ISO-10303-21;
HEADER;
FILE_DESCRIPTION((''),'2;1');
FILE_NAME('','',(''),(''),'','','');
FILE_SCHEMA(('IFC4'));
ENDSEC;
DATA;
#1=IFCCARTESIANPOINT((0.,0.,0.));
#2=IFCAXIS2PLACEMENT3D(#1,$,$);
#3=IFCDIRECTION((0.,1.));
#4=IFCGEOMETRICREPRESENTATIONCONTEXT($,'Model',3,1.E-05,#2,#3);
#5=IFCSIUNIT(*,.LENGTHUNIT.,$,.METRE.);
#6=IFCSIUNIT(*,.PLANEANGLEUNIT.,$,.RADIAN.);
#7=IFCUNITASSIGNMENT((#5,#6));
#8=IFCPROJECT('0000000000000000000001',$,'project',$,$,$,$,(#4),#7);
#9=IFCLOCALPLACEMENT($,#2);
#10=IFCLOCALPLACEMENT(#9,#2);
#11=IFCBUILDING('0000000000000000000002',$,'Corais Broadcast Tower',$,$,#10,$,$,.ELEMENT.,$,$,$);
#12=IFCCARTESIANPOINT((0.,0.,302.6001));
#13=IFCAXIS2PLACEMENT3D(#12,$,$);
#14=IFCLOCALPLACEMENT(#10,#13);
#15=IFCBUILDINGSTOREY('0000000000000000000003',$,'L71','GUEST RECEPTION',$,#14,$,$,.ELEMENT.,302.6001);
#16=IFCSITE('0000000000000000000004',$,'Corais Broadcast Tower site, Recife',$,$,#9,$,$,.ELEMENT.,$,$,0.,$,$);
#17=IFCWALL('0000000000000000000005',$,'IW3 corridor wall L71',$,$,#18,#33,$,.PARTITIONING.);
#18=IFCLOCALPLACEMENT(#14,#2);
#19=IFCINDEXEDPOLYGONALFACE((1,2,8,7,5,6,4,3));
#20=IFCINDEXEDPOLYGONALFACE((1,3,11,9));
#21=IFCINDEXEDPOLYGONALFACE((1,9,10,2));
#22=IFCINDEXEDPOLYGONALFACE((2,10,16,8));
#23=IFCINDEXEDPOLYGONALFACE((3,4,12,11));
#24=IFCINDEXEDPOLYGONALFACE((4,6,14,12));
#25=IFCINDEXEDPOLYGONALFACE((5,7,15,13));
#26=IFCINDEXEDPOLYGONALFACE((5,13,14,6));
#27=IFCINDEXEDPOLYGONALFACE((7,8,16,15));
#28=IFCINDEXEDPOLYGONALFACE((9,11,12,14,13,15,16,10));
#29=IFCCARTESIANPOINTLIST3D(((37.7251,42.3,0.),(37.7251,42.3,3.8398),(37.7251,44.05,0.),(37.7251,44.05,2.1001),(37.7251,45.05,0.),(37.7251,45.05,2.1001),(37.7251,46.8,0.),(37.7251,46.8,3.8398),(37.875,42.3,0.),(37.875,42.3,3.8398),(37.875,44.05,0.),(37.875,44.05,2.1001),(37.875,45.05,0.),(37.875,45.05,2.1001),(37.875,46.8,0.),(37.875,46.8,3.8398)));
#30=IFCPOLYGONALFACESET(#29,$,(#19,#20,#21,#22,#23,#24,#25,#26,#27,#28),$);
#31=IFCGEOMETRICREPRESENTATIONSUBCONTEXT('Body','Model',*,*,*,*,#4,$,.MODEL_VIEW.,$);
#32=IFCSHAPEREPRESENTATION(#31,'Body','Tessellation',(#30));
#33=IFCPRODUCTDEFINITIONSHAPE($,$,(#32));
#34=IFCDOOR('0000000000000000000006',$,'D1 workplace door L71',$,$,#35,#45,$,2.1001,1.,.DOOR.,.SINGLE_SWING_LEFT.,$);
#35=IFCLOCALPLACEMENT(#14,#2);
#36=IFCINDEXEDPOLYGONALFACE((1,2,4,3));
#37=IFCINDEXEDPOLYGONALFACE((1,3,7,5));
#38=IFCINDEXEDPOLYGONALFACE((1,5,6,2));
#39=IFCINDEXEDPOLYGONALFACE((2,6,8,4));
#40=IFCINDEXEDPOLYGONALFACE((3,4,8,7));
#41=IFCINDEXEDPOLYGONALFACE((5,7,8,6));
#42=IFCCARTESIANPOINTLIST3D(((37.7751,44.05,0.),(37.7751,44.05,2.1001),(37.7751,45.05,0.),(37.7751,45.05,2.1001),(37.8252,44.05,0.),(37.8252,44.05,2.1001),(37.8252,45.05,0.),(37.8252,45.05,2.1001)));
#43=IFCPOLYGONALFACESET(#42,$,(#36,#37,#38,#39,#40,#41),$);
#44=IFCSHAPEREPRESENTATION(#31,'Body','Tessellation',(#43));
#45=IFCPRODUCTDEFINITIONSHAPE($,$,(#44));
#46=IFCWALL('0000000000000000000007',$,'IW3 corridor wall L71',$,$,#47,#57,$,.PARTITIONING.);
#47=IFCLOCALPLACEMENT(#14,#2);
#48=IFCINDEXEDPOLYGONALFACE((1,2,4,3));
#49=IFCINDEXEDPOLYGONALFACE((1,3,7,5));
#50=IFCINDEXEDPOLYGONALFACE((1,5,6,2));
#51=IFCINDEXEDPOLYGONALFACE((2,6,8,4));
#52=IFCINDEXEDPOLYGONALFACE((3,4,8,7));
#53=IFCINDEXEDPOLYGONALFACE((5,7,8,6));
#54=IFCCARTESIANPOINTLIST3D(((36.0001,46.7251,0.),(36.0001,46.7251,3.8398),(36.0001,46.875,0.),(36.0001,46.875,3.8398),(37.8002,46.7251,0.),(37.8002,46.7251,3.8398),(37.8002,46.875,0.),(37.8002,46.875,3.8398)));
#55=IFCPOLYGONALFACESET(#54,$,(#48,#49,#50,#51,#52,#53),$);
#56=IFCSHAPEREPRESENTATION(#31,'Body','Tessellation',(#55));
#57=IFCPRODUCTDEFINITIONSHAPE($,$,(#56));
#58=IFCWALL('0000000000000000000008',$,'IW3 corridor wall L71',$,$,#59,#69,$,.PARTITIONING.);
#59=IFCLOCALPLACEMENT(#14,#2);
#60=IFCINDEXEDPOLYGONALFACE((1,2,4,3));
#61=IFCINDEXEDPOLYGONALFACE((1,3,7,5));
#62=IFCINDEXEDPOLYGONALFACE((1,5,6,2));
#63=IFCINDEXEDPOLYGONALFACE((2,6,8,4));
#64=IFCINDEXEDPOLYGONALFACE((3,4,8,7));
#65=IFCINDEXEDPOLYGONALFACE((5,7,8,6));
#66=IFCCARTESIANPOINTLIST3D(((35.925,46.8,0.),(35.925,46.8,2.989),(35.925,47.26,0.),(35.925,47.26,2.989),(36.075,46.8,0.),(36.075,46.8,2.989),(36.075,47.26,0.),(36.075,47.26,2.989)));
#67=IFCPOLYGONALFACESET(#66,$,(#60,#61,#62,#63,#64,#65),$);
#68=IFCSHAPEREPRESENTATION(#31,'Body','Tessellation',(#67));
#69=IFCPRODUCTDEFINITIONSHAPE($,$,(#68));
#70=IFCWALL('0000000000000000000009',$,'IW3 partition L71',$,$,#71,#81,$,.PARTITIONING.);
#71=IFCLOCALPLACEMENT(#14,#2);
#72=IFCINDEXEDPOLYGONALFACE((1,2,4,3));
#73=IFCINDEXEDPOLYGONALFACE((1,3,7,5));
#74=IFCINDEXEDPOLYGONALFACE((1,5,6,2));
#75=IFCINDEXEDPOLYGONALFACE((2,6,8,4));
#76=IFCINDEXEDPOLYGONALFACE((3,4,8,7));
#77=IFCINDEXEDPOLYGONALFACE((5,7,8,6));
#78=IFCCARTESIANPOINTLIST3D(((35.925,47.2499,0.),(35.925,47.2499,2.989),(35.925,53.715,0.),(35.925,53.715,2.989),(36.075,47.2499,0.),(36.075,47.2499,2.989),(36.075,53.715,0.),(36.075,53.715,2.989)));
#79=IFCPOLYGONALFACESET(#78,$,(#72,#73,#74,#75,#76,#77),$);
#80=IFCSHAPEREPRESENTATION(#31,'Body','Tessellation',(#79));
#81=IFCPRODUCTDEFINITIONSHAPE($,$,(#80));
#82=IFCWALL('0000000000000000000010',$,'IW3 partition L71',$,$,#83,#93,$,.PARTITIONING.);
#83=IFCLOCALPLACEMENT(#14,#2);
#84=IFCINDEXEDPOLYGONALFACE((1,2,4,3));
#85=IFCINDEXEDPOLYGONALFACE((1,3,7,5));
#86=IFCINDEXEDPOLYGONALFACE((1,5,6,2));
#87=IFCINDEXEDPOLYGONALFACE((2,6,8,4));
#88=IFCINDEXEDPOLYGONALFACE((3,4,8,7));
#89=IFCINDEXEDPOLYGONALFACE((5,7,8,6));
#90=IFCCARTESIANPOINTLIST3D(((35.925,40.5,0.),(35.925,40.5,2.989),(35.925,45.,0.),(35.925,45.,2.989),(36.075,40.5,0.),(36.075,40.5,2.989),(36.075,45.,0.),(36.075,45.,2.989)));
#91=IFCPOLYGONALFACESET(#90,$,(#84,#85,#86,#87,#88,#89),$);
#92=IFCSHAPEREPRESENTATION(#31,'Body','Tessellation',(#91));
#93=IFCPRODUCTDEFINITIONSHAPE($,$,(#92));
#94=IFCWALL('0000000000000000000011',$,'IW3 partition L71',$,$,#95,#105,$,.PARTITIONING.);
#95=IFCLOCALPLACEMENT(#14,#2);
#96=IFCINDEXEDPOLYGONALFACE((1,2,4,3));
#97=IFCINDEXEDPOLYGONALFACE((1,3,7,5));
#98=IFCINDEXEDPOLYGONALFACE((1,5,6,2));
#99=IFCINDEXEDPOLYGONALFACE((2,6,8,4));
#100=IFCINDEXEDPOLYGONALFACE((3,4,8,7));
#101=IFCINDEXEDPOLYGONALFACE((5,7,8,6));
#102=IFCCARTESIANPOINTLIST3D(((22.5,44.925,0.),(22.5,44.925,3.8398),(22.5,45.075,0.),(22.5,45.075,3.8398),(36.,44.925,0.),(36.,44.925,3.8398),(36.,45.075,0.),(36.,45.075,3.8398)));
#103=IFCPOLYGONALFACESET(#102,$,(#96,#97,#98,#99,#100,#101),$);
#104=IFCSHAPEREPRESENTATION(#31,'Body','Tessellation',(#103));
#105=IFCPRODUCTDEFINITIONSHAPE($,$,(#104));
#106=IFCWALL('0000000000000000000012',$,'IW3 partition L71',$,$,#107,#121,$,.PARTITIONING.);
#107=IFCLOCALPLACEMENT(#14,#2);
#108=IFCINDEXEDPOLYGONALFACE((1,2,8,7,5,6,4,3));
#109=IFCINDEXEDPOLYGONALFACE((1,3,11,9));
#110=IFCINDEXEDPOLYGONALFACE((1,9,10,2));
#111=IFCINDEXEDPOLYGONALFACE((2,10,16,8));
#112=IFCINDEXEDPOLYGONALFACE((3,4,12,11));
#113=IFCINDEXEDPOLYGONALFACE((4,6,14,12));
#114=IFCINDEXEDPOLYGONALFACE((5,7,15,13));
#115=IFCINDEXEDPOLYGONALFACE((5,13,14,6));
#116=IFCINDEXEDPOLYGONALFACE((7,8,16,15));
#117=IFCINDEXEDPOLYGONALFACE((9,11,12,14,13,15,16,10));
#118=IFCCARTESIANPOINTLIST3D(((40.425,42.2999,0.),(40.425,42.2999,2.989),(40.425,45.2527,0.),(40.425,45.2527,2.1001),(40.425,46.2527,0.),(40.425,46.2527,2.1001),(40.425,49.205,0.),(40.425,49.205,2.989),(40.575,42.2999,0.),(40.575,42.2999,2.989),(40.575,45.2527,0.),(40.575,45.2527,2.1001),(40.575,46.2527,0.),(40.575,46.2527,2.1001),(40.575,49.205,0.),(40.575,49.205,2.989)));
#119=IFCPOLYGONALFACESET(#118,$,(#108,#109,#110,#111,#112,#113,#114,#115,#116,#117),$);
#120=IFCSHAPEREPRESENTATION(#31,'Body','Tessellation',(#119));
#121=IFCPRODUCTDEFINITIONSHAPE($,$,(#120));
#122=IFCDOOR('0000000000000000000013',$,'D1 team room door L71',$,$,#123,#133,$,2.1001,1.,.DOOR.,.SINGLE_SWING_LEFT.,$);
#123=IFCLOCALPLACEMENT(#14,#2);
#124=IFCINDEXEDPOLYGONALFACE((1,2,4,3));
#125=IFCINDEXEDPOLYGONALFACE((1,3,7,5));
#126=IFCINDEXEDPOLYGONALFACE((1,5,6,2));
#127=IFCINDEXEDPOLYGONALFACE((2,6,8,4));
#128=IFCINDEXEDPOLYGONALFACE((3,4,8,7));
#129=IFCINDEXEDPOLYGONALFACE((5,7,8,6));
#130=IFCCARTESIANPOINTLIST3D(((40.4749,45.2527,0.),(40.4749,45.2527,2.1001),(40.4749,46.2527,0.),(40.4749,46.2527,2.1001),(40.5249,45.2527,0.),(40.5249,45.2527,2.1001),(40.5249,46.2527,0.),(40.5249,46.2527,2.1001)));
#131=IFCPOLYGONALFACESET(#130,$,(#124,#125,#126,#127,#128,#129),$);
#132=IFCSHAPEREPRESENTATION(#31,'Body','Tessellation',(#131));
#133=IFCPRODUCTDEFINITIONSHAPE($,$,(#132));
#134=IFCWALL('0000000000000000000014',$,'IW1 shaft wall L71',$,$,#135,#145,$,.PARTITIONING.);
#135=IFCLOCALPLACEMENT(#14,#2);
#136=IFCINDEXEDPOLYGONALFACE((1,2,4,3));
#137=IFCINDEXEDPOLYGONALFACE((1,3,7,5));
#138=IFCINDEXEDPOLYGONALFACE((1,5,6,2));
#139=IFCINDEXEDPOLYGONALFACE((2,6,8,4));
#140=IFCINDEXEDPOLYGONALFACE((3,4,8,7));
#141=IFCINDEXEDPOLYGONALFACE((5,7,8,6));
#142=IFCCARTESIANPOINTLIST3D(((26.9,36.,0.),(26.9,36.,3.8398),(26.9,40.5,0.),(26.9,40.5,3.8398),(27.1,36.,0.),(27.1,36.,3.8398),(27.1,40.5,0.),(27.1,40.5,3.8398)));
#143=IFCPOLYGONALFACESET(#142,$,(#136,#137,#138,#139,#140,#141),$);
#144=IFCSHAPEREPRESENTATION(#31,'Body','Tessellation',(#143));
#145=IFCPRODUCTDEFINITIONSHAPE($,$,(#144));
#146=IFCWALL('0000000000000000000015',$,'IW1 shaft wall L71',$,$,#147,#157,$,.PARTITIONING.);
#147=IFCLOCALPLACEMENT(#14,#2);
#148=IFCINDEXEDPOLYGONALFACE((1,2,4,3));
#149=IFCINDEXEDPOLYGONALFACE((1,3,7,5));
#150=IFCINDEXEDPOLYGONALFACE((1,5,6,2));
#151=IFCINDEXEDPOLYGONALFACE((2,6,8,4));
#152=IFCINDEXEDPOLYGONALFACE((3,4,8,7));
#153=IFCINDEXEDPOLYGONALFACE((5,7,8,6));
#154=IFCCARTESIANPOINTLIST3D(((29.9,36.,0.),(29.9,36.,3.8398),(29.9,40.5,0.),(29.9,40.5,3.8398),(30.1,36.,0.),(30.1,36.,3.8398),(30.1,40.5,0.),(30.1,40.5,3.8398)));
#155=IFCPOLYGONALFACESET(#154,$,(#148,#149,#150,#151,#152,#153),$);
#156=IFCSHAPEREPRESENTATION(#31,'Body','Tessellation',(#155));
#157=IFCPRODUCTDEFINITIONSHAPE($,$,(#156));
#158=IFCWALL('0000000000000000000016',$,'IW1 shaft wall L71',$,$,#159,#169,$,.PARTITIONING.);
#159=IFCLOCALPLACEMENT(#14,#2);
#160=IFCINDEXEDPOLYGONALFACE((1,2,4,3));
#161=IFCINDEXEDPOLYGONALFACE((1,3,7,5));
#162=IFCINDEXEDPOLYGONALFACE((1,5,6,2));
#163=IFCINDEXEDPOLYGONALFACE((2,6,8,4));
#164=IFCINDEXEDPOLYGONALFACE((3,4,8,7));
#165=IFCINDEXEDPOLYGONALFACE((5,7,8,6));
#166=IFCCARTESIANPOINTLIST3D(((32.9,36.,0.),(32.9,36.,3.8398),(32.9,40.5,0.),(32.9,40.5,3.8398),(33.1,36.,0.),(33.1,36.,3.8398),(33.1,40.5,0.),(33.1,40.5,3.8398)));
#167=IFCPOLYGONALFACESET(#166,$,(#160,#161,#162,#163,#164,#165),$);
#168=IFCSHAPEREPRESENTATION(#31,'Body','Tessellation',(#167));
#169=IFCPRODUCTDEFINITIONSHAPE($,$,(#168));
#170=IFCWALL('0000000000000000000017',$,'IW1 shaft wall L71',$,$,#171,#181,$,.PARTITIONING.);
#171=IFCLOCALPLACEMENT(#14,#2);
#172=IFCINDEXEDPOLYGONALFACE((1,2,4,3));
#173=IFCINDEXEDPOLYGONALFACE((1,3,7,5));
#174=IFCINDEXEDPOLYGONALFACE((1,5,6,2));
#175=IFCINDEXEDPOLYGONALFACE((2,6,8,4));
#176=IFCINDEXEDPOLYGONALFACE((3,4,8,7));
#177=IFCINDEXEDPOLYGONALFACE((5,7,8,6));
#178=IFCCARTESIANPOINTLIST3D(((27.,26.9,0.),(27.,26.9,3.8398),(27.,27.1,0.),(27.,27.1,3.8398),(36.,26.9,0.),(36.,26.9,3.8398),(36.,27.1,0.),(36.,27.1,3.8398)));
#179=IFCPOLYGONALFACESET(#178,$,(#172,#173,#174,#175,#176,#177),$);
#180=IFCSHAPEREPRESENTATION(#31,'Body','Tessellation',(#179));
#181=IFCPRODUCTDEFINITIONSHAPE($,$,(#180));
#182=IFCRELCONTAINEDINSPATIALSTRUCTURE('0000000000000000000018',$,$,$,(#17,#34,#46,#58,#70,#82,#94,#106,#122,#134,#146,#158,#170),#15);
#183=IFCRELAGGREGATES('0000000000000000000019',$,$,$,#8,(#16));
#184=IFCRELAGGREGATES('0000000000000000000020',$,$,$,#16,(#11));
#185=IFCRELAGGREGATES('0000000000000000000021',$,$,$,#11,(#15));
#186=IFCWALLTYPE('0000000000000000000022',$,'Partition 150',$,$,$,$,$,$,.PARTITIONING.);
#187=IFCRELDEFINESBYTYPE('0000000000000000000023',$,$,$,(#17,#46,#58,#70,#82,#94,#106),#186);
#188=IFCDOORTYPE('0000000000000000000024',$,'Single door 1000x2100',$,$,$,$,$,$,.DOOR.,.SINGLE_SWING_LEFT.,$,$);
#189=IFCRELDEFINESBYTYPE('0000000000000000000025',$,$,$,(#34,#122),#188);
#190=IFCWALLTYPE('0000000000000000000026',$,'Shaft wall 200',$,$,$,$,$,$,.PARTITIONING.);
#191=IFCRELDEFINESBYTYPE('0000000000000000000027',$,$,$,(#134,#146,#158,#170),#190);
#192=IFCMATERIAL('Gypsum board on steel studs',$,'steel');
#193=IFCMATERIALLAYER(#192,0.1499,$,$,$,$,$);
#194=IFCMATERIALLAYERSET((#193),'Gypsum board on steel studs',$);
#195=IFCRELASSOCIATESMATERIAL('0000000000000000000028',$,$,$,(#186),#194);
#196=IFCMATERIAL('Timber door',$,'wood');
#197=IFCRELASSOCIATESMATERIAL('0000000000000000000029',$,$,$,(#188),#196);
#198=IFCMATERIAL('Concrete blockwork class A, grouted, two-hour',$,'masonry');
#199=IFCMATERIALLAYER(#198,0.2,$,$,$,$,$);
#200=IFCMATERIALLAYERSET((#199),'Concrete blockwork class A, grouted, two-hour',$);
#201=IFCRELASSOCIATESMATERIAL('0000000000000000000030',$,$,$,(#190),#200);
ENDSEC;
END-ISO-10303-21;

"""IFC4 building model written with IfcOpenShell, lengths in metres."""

from ifc_helpers import new_model, si_unit, direction, frame, frame_2d, origin, place, context, subcontext, project, spatial, rectangle, extrude, material, layer, layer_set, type_object, element, fill, save


model = new_model("IFC4")

# Units and contexts
model_context = context("Model", 3, precision=1e-05, world=origin(), true_north=direction((0.0, 1.0)))
body_context = subcontext(model_context, "Body", "Model", "MODEL_VIEW")
ifc_project = project(units=[si_unit("LENGTHUNIT", "METRE"), si_unit("PLANEANGLEUNIT", "RADIAN")], contexts=[model_context])

# Site, building, storey
site_placement = place(None, origin())
site = spatial("IfcSite", under=ifc_project, at=site_placement, Name="Corais Broadcast Tower site, Recife", CompositionType="ELEMENT", RefElevation=0.0)
building_placement = place(site_placement, origin())
building = spatial("IfcBuilding", under=site, at=building_placement, Name="Corais Broadcast Tower", CompositionType="ELEMENT")
storey_placement = place(building_placement, frame((0.0, 0.0, 302.6001)))
storey = spatial("IfcBuildingStorey", under=building, at=storey_placement, Name="L71", Description="GUEST RECEPTION", CompositionType="ELEMENT", Elevation=302.6001)

# Wall, opening, door
ifc_material_1 = material(Name="Gypsum board on steel studs", Category="steel")
ifc_layer_1 = layer(ifc_material_1, 0.1499)
ifc_layer_set_1 = layer_set([ifc_layer_1], Name="Gypsum board on steel studs")
wall_type_1 = type_object("IfcWallType", Name="Partition 150", PredefinedType="PARTITIONING", material=ifc_layer_set_1)
wall_1_placement = place(storey_placement, frame((37.8, 42.3, 0.0), z_axis=(0.0, 0.0, 1.0), x_axis=(0.0, 1.0, 0.0)))
wall_1 = element("IfcWall", 1, at=wall_1_placement, inside=storey, type_object=wall_type_1, Name="IW3 corridor wall L71", PredefinedType="PARTITIONING", context=body_context, shape_type="SweptSolid", body=[
    extrude(rectangle(XDim=4.5, YDim=0.1499, at=frame_2d((2.25, 0.0))), origin(), (0.0, 0.0, 1.0), 3.8398),
])
opening_1_placement = place(wall_1_placement, frame((1.75, 0.0, 0.0)))
opening_1 = element("IfcOpeningElement", 2, at=opening_1_placement, cuts=wall_1, PredefinedType="OPENING", context=body_context, shape_type="SweptSolid", body=[
    extrude(rectangle(XDim=1.0, YDim=2.1001, at=frame_2d((0.5, 1.05))), frame((0.0, 0.085, 0.0), z_axis=(0.0, -1.0, 0.0), x_axis=(1.0, 0.0, 0.0)), (0.0, 0.0, 1.0), 0.1699),
])
ifc_material_2 = material(Name="Timber door", Category="wood")
door_type = type_object("IfcDoorType", Name="Single door 1000x2100", OperationType="SINGLE_SWING_LEFT", PredefinedType="DOOR", material=ifc_material_2)
door_1_placement = place(opening_1_placement, origin())
door_1 = element("IfcDoor", 3, at=door_1_placement, inside=storey, type_object=door_type, Name="D1 workplace door L71", OperationType="SINGLE_SWING_LEFT", OverallHeight=2.1001, OverallWidth=1.0, PredefinedType="DOOR", context=body_context, shape_type="SweptSolid", body=[
    extrude(rectangle(XDim=1.0, YDim=2.1001, at=frame_2d((0.5, 1.05))), frame((0.0, 0.0249, 0.0), z_axis=(0.0, -1.0, 0.0), x_axis=(1.0, 0.0, 0.0)), (0.0, 0.0, 1.0), 0.05),
])
fill(opening_1, door_1)

# Walls
wall_2_placement = place(storey_placement, frame((37.8, 46.8, 0.0), z_axis=(0.0, 0.0, 1.0), x_axis=(-1.0, 0.0, 0.0)))
element("IfcWall", 4, at=wall_2_placement, inside=storey, type_object=wall_type_1, Name="IW3 corridor wall L71", PredefinedType="PARTITIONING", context=body_context, shape_type="SweptSolid", body=[
    extrude(rectangle(XDim=1.8, YDim=0.1499, at=frame_2d((0.8999, 0.0))), origin(), (0.0, 0.0, 1.0), 3.8398),
])
wall_3_placement = place(storey_placement, frame((36.0, 46.8, 0.0), z_axis=(0.0, 0.0, 1.0), x_axis=(0.0, 1.0, 0.0)))
element("IfcWall", 5, at=wall_3_placement, inside=storey, type_object=wall_type_1, Name="IW3 corridor wall L71", PredefinedType="PARTITIONING", context=body_context, shape_type="SweptSolid", body=[
    extrude(rectangle(XDim=0.46, YDim=0.1499, at=frame_2d((0.23, 0.0))), origin(), (0.0, 0.0, 1.0), 2.989),
])
wall_4_placement = place(storey_placement, frame((36.0, 47.25, 0.0), z_axis=(0.0, 0.0, 1.0), x_axis=(0.0, 1.0, 0.0)))
element("IfcWall", 6, at=wall_4_placement, inside=storey, type_object=wall_type_1, Name="IW3 partition L71", PredefinedType="PARTITIONING", context=body_context, shape_type="SweptSolid", body=[
    extrude(rectangle(XDim=6.4651, YDim=0.1499, at=frame_2d((3.2324, 0.0))), origin(), (0.0, 0.0, 1.0), 2.989),
])
wall_5_placement = place(storey_placement, frame((36.0, 40.5, 0.0), z_axis=(0.0, 0.0, 1.0), x_axis=(0.0, 1.0, 0.0)))
element("IfcWall", 7, at=wall_5_placement, inside=storey, type_object=wall_type_1, Name="IW3 partition L71", PredefinedType="PARTITIONING", context=body_context, shape_type="SweptSolid", body=[
    extrude(rectangle(XDim=4.5, YDim=0.1499, at=frame_2d((2.25, 0.0))), origin(), (0.0, 0.0, 1.0), 2.989),
])
wall_6_placement = place(storey_placement, frame((36.0, 45.0, 0.0), z_axis=(0.0, 0.0, 1.0), x_axis=(-1.0, 0.0, 0.0)))
element("IfcWall", 8, at=wall_6_placement, inside=storey, type_object=wall_type_1, Name="IW3 partition L71", PredefinedType="PARTITIONING", context=body_context, shape_type="SweptSolid", body=[
    extrude(rectangle(XDim=13.5, YDim=0.1499, at=frame_2d((6.75, 0.0))), origin(), (0.0, 0.0, 1.0), 3.8398),
])

# Wall, opening, door
wall_7_placement = place(storey_placement, frame((40.5, 49.2051, 0.0), z_axis=(0.0, 0.0, 1.0), x_axis=(0.0, -1.0, 0.0)))
wall_7 = element("IfcWall", 9, at=wall_7_placement, inside=storey, type_object=wall_type_1, Name="IW3 partition L71", PredefinedType="PARTITIONING", context=body_context, shape_type="SweptSolid", body=[
    extrude(rectangle(XDim=6.905, YDim=0.1499, at=frame_2d((3.4526, 0.0))), origin(), (0.0, 0.0, 1.0), 2.989),
])
opening_2_placement = place(wall_7_placement, frame((2.9524, 0.0, 0.0)))
opening_2 = element("IfcOpeningElement", 10, at=opening_2_placement, cuts=wall_7, PredefinedType="OPENING", context=body_context, shape_type="SweptSolid", body=[
    extrude(rectangle(XDim=1.0, YDim=2.1001, at=frame_2d((0.5, 1.05))), frame((0.0, 0.085, 0.0), z_axis=(0.0, -1.0, 0.0), x_axis=(1.0, 0.0, 0.0)), (0.0, 0.0, 1.0), 0.1699),
])
door_2_placement = place(opening_2_placement, origin())
door_2 = element("IfcDoor", 11, at=door_2_placement, inside=storey, type_object=door_type, Name="D1 team room door L71", OperationType="SINGLE_SWING_LEFT", OverallHeight=2.1001, OverallWidth=1.0, PredefinedType="DOOR", context=body_context, shape_type="SweptSolid", body=[
    extrude(rectangle(XDim=1.0, YDim=2.1001, at=frame_2d((0.5, 1.05))), frame((0.0, 0.0249, 0.0), z_axis=(0.0, -1.0, 0.0), x_axis=(1.0, 0.0, 0.0)), (0.0, 0.0, 1.0), 0.05),
])
fill(opening_2, door_2)

# Walls
ifc_material_3 = material(Name="Concrete blockwork class A, grouted, two-hour", Category="masonry")
ifc_layer_2 = layer(ifc_material_3, 0.2)
ifc_layer_set_2 = layer_set([ifc_layer_2], Name="Concrete blockwork class A, grouted, two-hour")
wall_type_2 = type_object("IfcWallType", Name="Shaft wall 200", PredefinedType="PARTITIONING", material=ifc_layer_set_2)
for number, where, z_axis, x_axis, name in (
    (12, (27.0, 36.0, 0.0), (0.0, 0.0, 1.0), (0.0, 1.0, 0.0), "IW1 shaft wall L71"),
    (13, (30.0, 36.0, 0.0), (0.0, 0.0, 1.0), (0.0, 1.0, 0.0), "IW1 shaft wall L71"),
    (14, (33.0, 36.0, 0.0), (0.0, 0.0, 1.0), (0.0, 1.0, 0.0), "IW1 shaft wall L71"),
):
    element("IfcWall", number, at=place(storey_placement, frame(where, z_axis=z_axis, x_axis=x_axis)), inside=storey, type_object=wall_type_2, Name=name, PredefinedType="PARTITIONING", context=body_context, shape_type="SweptSolid", body=[
        extrude(rectangle(XDim=4.5, YDim=0.2, at=frame_2d((2.25, 0.0))), origin(), (0.0, 0.0, 1.0), 3.8398),
    ])
wall_8_placement = place(storey_placement, frame((27.0, 27.0, 0.0), z_axis=(0.0, 0.0, 1.0), x_axis=(1.0, 0.0, 0.0)))
element("IfcWall", 15, at=wall_8_placement, inside=storey, type_object=wall_type_2, Name="IW1 shaft wall L71", PredefinedType="PARTITIONING", context=body_context, shape_type="SweptSolid", body=[
    extrude(rectangle(XDim=9.0, YDim=0.2, at=frame_2d((4.5, 0.0))), origin(), (0.0, 0.0, 1.0), 3.8398),
])

save(model, "model.ifc")
